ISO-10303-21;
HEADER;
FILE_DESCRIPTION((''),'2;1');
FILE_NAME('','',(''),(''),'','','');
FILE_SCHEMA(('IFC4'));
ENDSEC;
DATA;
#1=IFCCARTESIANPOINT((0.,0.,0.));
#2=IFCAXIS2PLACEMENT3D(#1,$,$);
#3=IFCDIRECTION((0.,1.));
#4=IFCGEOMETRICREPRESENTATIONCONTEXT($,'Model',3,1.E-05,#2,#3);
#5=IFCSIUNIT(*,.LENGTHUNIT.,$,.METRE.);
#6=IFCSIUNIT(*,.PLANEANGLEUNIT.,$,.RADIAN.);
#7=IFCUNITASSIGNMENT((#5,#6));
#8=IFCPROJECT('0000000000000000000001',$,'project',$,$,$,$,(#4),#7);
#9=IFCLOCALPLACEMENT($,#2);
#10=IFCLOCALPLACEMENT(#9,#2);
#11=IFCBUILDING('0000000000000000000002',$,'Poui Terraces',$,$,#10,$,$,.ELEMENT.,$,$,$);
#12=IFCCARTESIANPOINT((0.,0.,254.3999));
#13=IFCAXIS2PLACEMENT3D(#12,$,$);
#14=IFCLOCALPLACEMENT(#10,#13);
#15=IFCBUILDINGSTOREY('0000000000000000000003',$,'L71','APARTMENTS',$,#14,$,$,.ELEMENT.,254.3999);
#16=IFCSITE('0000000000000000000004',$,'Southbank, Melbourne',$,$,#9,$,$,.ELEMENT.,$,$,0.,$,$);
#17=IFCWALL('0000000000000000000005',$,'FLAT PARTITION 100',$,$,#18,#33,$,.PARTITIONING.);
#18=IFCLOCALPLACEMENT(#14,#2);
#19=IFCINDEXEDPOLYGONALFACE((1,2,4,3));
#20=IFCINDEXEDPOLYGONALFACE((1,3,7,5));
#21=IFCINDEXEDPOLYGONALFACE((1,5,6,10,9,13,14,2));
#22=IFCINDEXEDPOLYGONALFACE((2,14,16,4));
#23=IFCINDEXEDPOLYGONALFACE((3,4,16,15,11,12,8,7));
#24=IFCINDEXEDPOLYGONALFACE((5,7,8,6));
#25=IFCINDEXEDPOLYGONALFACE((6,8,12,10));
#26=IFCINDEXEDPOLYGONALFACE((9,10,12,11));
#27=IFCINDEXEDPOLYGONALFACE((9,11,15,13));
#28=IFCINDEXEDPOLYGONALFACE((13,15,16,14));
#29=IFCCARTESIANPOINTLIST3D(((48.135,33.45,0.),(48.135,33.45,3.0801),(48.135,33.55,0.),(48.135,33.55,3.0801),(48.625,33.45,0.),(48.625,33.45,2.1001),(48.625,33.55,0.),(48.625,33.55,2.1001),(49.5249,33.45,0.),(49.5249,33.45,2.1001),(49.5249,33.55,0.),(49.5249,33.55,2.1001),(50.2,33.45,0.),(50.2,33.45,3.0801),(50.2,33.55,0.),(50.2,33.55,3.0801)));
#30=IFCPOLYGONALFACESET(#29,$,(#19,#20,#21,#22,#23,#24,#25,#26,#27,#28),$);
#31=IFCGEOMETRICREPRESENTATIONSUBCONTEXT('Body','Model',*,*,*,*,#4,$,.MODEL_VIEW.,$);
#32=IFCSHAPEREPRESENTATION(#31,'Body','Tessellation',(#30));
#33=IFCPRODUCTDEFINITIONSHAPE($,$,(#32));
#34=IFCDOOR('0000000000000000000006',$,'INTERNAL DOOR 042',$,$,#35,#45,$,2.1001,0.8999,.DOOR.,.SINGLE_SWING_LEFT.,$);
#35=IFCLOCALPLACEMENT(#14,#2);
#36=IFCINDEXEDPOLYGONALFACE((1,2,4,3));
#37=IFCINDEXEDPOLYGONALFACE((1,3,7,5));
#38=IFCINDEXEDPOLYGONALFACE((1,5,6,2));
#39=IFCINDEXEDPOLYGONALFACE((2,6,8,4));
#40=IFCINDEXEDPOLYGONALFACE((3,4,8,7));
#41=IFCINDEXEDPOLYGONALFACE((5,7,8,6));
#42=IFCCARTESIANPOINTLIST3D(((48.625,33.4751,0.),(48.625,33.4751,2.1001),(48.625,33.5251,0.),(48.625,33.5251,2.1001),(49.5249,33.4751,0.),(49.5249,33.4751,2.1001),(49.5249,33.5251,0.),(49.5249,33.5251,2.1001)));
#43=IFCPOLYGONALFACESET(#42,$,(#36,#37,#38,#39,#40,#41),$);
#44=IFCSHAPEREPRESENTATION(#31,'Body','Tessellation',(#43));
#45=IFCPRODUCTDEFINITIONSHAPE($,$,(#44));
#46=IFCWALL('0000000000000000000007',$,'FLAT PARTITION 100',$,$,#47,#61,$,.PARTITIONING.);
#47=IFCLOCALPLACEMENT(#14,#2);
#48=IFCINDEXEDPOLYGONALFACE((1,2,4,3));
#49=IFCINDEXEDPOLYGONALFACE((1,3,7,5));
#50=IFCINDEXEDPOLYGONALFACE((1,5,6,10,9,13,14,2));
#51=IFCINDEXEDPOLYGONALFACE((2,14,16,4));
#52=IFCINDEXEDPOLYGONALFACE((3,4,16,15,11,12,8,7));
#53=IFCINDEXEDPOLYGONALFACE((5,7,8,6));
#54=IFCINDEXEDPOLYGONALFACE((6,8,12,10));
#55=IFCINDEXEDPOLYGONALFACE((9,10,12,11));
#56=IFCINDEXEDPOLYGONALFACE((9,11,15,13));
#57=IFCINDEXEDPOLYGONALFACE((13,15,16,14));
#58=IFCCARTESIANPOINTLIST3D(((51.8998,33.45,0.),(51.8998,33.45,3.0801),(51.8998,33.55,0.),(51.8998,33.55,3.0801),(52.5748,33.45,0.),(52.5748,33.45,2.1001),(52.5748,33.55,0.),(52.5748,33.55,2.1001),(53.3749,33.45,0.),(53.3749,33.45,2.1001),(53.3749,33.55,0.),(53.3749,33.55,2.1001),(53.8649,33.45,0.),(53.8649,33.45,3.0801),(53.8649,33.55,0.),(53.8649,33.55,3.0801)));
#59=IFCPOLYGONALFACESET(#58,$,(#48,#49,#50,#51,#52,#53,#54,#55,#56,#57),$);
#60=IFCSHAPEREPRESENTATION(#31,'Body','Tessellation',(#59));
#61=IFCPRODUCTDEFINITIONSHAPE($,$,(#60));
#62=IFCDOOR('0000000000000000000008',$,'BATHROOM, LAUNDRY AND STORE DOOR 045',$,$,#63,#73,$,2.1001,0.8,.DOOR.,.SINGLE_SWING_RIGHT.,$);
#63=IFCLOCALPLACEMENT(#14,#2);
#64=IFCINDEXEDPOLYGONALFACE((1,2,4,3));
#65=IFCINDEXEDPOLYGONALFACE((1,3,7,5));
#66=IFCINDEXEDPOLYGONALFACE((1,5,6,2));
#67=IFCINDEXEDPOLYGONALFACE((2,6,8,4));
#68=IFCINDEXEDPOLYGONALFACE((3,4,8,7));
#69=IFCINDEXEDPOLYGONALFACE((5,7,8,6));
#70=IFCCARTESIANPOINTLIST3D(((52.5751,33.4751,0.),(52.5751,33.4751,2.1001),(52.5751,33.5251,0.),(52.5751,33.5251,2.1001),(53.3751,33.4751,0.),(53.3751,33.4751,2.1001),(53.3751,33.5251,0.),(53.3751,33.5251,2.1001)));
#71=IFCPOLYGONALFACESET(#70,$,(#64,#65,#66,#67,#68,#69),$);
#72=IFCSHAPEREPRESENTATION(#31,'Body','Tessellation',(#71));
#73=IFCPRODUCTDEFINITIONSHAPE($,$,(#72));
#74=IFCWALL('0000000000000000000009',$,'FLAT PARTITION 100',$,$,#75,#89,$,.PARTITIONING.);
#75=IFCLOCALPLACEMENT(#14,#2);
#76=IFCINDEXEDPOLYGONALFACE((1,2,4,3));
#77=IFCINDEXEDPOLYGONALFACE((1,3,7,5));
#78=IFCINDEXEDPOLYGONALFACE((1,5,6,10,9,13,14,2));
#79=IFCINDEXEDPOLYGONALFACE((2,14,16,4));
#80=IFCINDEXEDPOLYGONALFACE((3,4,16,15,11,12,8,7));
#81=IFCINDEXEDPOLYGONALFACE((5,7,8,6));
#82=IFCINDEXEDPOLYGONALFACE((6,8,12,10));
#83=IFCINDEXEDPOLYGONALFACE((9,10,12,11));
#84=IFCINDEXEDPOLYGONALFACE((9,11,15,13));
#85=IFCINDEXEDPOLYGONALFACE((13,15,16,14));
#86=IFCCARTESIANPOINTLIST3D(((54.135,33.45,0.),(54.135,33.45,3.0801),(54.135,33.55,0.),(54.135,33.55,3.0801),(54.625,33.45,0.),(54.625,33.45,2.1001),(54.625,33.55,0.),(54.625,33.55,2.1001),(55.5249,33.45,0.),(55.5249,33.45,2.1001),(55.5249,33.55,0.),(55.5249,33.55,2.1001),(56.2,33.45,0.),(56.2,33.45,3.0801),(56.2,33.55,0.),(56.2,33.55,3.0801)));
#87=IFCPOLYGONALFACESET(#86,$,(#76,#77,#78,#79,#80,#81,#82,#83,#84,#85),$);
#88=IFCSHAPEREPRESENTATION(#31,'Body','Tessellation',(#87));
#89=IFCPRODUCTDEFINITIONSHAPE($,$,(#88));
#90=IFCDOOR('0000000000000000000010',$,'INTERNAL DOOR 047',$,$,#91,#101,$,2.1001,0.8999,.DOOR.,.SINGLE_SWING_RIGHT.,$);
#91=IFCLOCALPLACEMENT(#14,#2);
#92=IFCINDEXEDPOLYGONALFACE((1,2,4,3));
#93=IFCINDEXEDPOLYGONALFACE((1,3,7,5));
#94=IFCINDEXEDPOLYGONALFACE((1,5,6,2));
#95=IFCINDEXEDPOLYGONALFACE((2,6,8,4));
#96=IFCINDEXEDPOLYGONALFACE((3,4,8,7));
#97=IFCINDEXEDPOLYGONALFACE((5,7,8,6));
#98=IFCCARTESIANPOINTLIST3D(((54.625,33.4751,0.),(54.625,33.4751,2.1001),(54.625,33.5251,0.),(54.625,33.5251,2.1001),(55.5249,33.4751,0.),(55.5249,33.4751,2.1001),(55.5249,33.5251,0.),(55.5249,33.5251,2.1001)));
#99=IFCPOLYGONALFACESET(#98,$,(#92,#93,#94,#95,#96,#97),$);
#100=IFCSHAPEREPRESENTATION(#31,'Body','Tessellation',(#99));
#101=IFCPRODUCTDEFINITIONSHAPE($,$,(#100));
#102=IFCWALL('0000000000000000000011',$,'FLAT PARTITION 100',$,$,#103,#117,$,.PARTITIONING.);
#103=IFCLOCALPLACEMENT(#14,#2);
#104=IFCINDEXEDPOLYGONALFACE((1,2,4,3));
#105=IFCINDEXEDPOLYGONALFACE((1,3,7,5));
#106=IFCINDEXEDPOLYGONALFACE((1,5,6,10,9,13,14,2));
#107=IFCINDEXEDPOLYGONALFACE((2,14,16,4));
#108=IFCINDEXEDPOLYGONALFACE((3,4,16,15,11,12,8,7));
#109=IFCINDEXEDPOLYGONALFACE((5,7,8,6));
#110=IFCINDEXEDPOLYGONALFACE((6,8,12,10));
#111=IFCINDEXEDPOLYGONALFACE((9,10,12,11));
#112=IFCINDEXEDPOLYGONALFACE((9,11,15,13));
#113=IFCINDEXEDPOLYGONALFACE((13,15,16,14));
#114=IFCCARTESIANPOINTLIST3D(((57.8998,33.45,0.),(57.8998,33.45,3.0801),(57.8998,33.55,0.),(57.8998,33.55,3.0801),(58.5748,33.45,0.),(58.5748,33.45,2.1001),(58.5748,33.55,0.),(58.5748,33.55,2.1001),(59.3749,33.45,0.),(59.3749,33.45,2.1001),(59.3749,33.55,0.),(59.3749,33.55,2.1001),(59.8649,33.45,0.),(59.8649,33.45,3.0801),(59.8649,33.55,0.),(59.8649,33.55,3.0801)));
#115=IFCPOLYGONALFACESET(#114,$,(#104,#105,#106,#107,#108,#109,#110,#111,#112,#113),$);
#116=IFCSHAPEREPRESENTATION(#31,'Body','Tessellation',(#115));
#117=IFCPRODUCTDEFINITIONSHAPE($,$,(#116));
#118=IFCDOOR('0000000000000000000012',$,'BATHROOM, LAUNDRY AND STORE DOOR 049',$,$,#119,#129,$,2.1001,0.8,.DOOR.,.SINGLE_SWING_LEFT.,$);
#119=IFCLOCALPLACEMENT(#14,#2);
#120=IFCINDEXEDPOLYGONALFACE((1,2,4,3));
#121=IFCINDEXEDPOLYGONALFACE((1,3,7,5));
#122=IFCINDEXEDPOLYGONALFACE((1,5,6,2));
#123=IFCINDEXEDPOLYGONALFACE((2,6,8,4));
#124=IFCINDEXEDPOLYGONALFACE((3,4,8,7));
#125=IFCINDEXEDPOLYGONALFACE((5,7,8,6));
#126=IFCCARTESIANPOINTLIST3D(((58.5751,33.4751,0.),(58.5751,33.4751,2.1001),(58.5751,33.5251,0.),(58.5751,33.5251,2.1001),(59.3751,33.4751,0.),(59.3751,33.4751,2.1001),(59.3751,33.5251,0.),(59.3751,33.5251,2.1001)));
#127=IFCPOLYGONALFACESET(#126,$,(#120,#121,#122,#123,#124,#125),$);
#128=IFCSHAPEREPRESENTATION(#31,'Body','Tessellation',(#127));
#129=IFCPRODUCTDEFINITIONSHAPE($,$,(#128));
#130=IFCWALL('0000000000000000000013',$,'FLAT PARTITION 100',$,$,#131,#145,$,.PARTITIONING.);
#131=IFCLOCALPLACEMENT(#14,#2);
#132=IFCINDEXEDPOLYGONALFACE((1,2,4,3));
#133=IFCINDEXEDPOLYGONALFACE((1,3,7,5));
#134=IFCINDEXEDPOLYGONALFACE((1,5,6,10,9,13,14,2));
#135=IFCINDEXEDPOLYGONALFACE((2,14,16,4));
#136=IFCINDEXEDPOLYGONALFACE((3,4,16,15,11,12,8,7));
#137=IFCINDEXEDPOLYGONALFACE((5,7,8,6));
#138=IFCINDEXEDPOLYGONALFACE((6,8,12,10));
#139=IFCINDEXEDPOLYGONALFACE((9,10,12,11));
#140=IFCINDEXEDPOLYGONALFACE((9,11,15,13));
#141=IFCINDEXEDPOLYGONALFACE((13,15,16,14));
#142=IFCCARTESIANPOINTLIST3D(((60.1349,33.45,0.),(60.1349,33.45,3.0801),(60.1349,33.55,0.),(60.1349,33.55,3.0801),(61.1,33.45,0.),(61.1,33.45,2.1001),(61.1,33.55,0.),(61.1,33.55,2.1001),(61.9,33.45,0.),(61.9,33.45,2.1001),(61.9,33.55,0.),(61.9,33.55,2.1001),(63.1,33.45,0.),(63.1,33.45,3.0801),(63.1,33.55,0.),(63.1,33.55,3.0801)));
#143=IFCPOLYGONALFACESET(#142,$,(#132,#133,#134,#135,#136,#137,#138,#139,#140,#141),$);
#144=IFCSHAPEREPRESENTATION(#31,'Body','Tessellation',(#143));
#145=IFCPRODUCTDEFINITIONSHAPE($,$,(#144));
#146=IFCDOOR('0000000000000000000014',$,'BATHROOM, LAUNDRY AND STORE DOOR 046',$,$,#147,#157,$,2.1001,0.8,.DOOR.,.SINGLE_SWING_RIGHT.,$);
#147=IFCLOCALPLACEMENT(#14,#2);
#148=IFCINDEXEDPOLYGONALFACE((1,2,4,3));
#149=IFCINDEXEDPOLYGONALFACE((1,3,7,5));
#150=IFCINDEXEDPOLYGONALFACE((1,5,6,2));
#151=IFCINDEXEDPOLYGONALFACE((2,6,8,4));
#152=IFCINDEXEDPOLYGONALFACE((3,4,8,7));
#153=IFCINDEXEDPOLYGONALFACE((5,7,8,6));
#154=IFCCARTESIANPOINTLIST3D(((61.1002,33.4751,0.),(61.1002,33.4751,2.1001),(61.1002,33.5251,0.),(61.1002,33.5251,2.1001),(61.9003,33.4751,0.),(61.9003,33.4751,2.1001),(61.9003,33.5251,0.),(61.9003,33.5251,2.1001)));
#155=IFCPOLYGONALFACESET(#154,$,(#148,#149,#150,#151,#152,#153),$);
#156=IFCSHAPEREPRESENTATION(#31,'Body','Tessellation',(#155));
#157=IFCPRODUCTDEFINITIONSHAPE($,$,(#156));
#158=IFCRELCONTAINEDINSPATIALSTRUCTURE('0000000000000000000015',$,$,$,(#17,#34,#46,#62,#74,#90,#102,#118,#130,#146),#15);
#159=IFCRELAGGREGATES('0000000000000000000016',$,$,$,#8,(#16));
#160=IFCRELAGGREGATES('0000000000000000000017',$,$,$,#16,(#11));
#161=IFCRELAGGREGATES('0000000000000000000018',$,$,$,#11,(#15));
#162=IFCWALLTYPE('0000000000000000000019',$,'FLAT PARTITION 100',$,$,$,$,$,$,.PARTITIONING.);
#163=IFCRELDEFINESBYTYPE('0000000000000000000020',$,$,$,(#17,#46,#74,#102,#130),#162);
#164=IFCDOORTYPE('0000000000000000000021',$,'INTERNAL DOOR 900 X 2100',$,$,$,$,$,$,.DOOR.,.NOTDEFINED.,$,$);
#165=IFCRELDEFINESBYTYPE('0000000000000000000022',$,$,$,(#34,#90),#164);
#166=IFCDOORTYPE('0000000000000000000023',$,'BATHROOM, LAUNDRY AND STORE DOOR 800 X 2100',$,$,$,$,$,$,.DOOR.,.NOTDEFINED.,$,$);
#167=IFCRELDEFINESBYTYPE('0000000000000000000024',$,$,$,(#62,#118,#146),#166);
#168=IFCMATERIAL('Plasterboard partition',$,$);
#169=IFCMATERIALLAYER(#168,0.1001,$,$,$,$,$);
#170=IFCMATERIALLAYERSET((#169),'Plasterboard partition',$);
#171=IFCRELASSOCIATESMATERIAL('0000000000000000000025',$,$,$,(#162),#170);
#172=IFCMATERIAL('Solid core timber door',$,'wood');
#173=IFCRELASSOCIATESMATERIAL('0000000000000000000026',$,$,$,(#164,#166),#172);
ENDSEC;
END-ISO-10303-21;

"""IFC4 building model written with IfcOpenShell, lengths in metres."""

from ifc_helpers import new_model, si_unit, direction, frame, frame_2d, origin, place, context, subcontext, project, spatial, rectangle, extrude, material, layer, layer_set, type_object, element, fill, save


model = new_model("IFC4")

# Units and contexts
model_context = context("Model", 3, precision=1e-05, world=origin(), true_north=direction((0.0, 1.0)))
body_context = subcontext(model_context, "Body", "Model", "MODEL_VIEW")
ifc_project = project(units=[si_unit("LENGTHUNIT", "METRE"), si_unit("PLANEANGLEUNIT", "RADIAN")], contexts=[model_context])

# Site, building, storey
site_placement = place(None, origin())
site = spatial("IfcSite", under=ifc_project, at=site_placement, Name="Southbank, Melbourne", CompositionType="ELEMENT", RefElevation=0.0)
building_placement = place(site_placement, origin())
building = spatial("IfcBuilding", under=site, at=building_placement, Name="Poui Terraces", CompositionType="ELEMENT")
storey_placement = place(building_placement, frame((0.0, 0.0, 254.3999)))
storey = spatial("IfcBuildingStorey", under=building, at=storey_placement, Name="L71", Description="APARTMENTS", CompositionType="ELEMENT", Elevation=254.3999)

# Walls, openings, doors
ifc_material_1 = material(Name="Plasterboard partition")
ifc_layer_1 = layer(ifc_material_1, 0.1001)
ifc_layer_set_1 = layer_set([ifc_layer_1], Name="Plasterboard partition")
wall_type_1 = type_object("IfcWallType", Name="FLAT PARTITION 100", PredefinedType="PARTITIONING", material=ifc_layer_set_1)
wall_1_placement = place(storey_placement, frame((48.135, 33.5, 0.0), z_axis=(0.0, 0.0, 1.0), x_axis=(1.0, 0.0, 0.0)))
wall_1 = element("IfcWall", 1, at=wall_1_placement, inside=storey, type_object=wall_type_1, Name="FLAT PARTITION 100", PredefinedType="PARTITIONING", context=body_context, shape_type="SweptSolid", body=[
    extrude(rectangle(XDim=2.0649, YDim=0.1001, at=frame_2d((1.0325, 0.0))), origin(), (0.0, 0.0, 1.0), 3.0801),
])
opening_1_placement = place(wall_1_placement, frame((0.49, 0.0, 0.0)))
opening_1 = element("IfcOpeningElement", 2, at=opening_1_placement, cuts=wall_1, PredefinedType="OPENING", context=body_context, shape_type="SweptSolid", body=[
    extrude(rectangle(XDim=0.8999, YDim=2.1001, at=frame_2d((0.45, 1.05))), frame((0.0, 0.0601, 0.0), z_axis=(0.0, -1.0, 0.0), x_axis=(1.0, 0.0, 0.0)), (0.0, 0.0, 1.0), 0.1201),
])
ifc_material_2 = material(Name="Solid core timber door", Category="wood")
door_type_1 = type_object("IfcDoorType", Name="INTERNAL DOOR 900 X 2100", OperationType="NOTDEFINED", PredefinedType="DOOR", material=ifc_material_2)
door_1_placement = place(opening_1_placement, frame((0.8999, 0.0, 0.0), z_axis=(0.0, 0.0, 1.0), x_axis=(-1.0, 0.0, 0.0)))
door_1 = element("IfcDoor", 3, at=door_1_placement, inside=storey, type_object=door_type_1, Name="INTERNAL DOOR 042", OperationType="SINGLE_SWING_LEFT", OverallHeight=2.1001, OverallWidth=0.8999, PredefinedType="DOOR", context=body_context, shape_type="SweptSolid", body=[
    extrude(rectangle(XDim=0.8999, YDim=2.1001, at=frame_2d((0.45, 1.05))), frame((0.0, 0.0249, 0.0), z_axis=(0.0, -1.0, 0.0), x_axis=(1.0, 0.0, 0.0)), (0.0, 0.0, 1.0), 0.05),
])
fill(opening_1, door_1)
wall_2_placement = place(storey_placement, frame((51.8999, 33.5, 0.0), z_axis=(0.0, 0.0, 1.0), x_axis=(1.0, 0.0, 0.0)))
wall_2 = element("IfcWall", 4, at=wall_2_placement, inside=storey, type_object=wall_type_1, Name="FLAT PARTITION 100", PredefinedType="PARTITIONING", context=body_context, shape_type="SweptSolid", body=[
    extrude(rectangle(XDim=1.9651, YDim=0.1001, at=frame_2d((0.9824, 0.0))), origin(), (0.0, 0.0, 1.0), 3.0801),
])
opening_2_placement = place(wall_2_placement, frame((0.675, 0.0, 0.0)))
opening_2 = element("IfcOpeningElement", 5, at=opening_2_placement, cuts=wall_2, PredefinedType="OPENING", context=body_context, shape_type="SweptSolid", body=[
    extrude(rectangle(XDim=0.8, YDim=2.1001, at=frame_2d((0.3999, 1.05))), frame((0.0, 0.0601, 0.0), z_axis=(0.0, -1.0, 0.0), x_axis=(1.0, 0.0, 0.0)), (0.0, 0.0, 1.0), 0.1201),
])
door_type_2 = type_object("IfcDoorType", Name="BATHROOM, LAUNDRY AND STORE DOOR 800 X 2100", OperationType="NOTDEFINED", PredefinedType="DOOR", material=ifc_material_2)
door_2_placement = place(opening_2_placement, frame((0.8, 0.0, 0.0), z_axis=(0.0, 0.0, 1.0), x_axis=(-1.0, 0.0, 0.0)))
door_2 = element("IfcDoor", 6, at=door_2_placement, inside=storey, type_object=door_type_2, Name="BATHROOM, LAUNDRY AND STORE DOOR 045", OperationType="SINGLE_SWING_RIGHT", OverallHeight=2.1001, OverallWidth=0.8, PredefinedType="DOOR", context=body_context, shape_type="SweptSolid", body=[
    extrude(rectangle(XDim=0.8, YDim=2.1001, at=frame_2d((0.3999, 1.05))), frame((0.0, 0.0249, 0.0), z_axis=(0.0, -1.0, 0.0), x_axis=(1.0, 0.0, 0.0)), (0.0, 0.0, 1.0), 0.05),
])
fill(opening_2, door_2)
wall_3_placement = place(storey_placement, frame((54.135, 33.5, 0.0), z_axis=(0.0, 0.0, 1.0), x_axis=(1.0, 0.0, 0.0)))
wall_3 = element("IfcWall", 7, at=wall_3_placement, inside=storey, type_object=wall_type_1, Name="FLAT PARTITION 100", PredefinedType="PARTITIONING", context=body_context, shape_type="SweptSolid", body=[
    extrude(rectangle(XDim=2.0649, YDim=0.1001, at=frame_2d((1.0325, 0.0))), origin(), (0.0, 0.0, 1.0), 3.0801),
])
opening_3_placement = place(wall_3_placement, frame((0.49, 0.0, 0.0)))
opening_3 = element("IfcOpeningElement", 8, at=opening_3_placement, cuts=wall_3, PredefinedType="OPENING", context=body_context, shape_type="SweptSolid", body=[
    extrude(rectangle(XDim=0.8999, YDim=2.1001, at=frame_2d((0.45, 1.05))), frame((0.0, 0.0601, 0.0), z_axis=(0.0, -1.0, 0.0), x_axis=(1.0, 0.0, 0.0)), (0.0, 0.0, 1.0), 0.1201),
])
door_3_placement = place(opening_3_placement, frame((0.8999, 0.0, 0.0), z_axis=(0.0, 0.0, 1.0), x_axis=(-1.0, 0.0, 0.0)))
door_3 = element("IfcDoor", 9, at=door_3_placement, inside=storey, type_object=door_type_1, Name="INTERNAL DOOR 047", OperationType="SINGLE_SWING_RIGHT", OverallHeight=2.1001, OverallWidth=0.8999, PredefinedType="DOOR", context=body_context, shape_type="SweptSolid", body=[
    extrude(rectangle(XDim=0.8999, YDim=2.1001, at=frame_2d((0.45, 1.05))), frame((0.0, 0.0249, 0.0), z_axis=(0.0, -1.0, 0.0), x_axis=(1.0, 0.0, 0.0)), (0.0, 0.0, 1.0), 0.05),
])
fill(opening_3, door_3)
wall_4_placement = place(storey_placement, frame((57.8999, 33.5, 0.0), z_axis=(0.0, 0.0, 1.0), x_axis=(1.0, 0.0, 0.0)))
wall_4 = element("IfcWall", 10, at=wall_4_placement, inside=storey, type_object=wall_type_1, Name="FLAT PARTITION 100", PredefinedType="PARTITIONING", context=body_context, shape_type="SweptSolid", body=[
    extrude(rectangle(XDim=1.9651, YDim=0.1001, at=frame_2d((0.9824, 0.0))), origin(), (0.0, 0.0, 1.0), 3.0801),
])
opening_4_placement = place(wall_4_placement, frame((0.675, 0.0, 0.0)))
opening_4 = element("IfcOpeningElement", 11, at=opening_4_placement, cuts=wall_4, PredefinedType="OPENING", context=body_context, shape_type="SweptSolid", body=[
    extrude(rectangle(XDim=0.8, YDim=2.1001, at=frame_2d((0.3999, 1.05))), frame((0.0, 0.0601, 0.0), z_axis=(0.0, -1.0, 0.0), x_axis=(1.0, 0.0, 0.0)), (0.0, 0.0, 1.0), 0.1201),
])
door_4_placement = place(opening_4_placement, frame((0.8, 0.0, 0.0), z_axis=(0.0, 0.0, 1.0), x_axis=(-1.0, 0.0, 0.0)))
door_4 = element("IfcDoor", 12, at=door_4_placement, inside=storey, type_object=door_type_2, Name="BATHROOM, LAUNDRY AND STORE DOOR 049", OperationType="SINGLE_SWING_LEFT", OverallHeight=2.1001, OverallWidth=0.8, PredefinedType="DOOR", context=body_context, shape_type="SweptSolid", body=[
    extrude(rectangle(XDim=0.8, YDim=2.1001, at=frame_2d((0.3999, 1.05))), frame((0.0, 0.0249, 0.0), z_axis=(0.0, -1.0, 0.0), x_axis=(1.0, 0.0, 0.0)), (0.0, 0.0, 1.0), 0.05),
])
fill(opening_4, door_4)
wall_5_placement = place(storey_placement, frame((60.135, 33.5, 0.0), z_axis=(0.0, 0.0, 1.0), x_axis=(1.0, 0.0, 0.0)))
wall_5 = element("IfcWall", 13, at=wall_5_placement, inside=storey, type_object=wall_type_1, Name="FLAT PARTITION 100", PredefinedType="PARTITIONING", context=body_context, shape_type="SweptSolid", body=[
    extrude(rectangle(XDim=2.9651, YDim=0.1001, at=frame_2d((1.4824, 0.0))), origin(), (0.0, 0.0, 1.0), 3.0801),
])
opening_5_placement = place(wall_5_placement, frame((0.9651, 0.0, 0.0)))
opening_5 = element("IfcOpeningElement", 14, at=opening_5_placement, cuts=wall_5, PredefinedType="OPENING", context=body_context, shape_type="SweptSolid", body=[
    extrude(rectangle(XDim=0.8, YDim=2.1001, at=frame_2d((0.3999, 1.05))), frame((0.0, 0.0601, 0.0), z_axis=(0.0, -1.0, 0.0), x_axis=(1.0, 0.0, 0.0)), (0.0, 0.0, 1.0), 0.1201),
])
door_5_placement = place(opening_5_placement, frame((0.8, 0.0, 0.0), z_axis=(0.0, 0.0, 1.0), x_axis=(-1.0, 0.0, 0.0)))
door_5 = element("IfcDoor", 15, at=door_5_placement, inside=storey, type_object=door_type_2, Name="BATHROOM, LAUNDRY AND STORE DOOR 046", OperationType="SINGLE_SWING_RIGHT", OverallHeight=2.1001, OverallWidth=0.8, PredefinedType="DOOR", context=body_context, shape_type="SweptSolid", body=[
    extrude(rectangle(XDim=0.8, YDim=2.1001, at=frame_2d((0.3999, 1.05))), frame((0.0, 0.0249, 0.0), z_axis=(0.0, -1.0, 0.0), x_axis=(1.0, 0.0, 0.0)), (0.0, 0.0, 1.0), 0.05),
])
fill(opening_5, door_5)

save(model, "model.ifc")
